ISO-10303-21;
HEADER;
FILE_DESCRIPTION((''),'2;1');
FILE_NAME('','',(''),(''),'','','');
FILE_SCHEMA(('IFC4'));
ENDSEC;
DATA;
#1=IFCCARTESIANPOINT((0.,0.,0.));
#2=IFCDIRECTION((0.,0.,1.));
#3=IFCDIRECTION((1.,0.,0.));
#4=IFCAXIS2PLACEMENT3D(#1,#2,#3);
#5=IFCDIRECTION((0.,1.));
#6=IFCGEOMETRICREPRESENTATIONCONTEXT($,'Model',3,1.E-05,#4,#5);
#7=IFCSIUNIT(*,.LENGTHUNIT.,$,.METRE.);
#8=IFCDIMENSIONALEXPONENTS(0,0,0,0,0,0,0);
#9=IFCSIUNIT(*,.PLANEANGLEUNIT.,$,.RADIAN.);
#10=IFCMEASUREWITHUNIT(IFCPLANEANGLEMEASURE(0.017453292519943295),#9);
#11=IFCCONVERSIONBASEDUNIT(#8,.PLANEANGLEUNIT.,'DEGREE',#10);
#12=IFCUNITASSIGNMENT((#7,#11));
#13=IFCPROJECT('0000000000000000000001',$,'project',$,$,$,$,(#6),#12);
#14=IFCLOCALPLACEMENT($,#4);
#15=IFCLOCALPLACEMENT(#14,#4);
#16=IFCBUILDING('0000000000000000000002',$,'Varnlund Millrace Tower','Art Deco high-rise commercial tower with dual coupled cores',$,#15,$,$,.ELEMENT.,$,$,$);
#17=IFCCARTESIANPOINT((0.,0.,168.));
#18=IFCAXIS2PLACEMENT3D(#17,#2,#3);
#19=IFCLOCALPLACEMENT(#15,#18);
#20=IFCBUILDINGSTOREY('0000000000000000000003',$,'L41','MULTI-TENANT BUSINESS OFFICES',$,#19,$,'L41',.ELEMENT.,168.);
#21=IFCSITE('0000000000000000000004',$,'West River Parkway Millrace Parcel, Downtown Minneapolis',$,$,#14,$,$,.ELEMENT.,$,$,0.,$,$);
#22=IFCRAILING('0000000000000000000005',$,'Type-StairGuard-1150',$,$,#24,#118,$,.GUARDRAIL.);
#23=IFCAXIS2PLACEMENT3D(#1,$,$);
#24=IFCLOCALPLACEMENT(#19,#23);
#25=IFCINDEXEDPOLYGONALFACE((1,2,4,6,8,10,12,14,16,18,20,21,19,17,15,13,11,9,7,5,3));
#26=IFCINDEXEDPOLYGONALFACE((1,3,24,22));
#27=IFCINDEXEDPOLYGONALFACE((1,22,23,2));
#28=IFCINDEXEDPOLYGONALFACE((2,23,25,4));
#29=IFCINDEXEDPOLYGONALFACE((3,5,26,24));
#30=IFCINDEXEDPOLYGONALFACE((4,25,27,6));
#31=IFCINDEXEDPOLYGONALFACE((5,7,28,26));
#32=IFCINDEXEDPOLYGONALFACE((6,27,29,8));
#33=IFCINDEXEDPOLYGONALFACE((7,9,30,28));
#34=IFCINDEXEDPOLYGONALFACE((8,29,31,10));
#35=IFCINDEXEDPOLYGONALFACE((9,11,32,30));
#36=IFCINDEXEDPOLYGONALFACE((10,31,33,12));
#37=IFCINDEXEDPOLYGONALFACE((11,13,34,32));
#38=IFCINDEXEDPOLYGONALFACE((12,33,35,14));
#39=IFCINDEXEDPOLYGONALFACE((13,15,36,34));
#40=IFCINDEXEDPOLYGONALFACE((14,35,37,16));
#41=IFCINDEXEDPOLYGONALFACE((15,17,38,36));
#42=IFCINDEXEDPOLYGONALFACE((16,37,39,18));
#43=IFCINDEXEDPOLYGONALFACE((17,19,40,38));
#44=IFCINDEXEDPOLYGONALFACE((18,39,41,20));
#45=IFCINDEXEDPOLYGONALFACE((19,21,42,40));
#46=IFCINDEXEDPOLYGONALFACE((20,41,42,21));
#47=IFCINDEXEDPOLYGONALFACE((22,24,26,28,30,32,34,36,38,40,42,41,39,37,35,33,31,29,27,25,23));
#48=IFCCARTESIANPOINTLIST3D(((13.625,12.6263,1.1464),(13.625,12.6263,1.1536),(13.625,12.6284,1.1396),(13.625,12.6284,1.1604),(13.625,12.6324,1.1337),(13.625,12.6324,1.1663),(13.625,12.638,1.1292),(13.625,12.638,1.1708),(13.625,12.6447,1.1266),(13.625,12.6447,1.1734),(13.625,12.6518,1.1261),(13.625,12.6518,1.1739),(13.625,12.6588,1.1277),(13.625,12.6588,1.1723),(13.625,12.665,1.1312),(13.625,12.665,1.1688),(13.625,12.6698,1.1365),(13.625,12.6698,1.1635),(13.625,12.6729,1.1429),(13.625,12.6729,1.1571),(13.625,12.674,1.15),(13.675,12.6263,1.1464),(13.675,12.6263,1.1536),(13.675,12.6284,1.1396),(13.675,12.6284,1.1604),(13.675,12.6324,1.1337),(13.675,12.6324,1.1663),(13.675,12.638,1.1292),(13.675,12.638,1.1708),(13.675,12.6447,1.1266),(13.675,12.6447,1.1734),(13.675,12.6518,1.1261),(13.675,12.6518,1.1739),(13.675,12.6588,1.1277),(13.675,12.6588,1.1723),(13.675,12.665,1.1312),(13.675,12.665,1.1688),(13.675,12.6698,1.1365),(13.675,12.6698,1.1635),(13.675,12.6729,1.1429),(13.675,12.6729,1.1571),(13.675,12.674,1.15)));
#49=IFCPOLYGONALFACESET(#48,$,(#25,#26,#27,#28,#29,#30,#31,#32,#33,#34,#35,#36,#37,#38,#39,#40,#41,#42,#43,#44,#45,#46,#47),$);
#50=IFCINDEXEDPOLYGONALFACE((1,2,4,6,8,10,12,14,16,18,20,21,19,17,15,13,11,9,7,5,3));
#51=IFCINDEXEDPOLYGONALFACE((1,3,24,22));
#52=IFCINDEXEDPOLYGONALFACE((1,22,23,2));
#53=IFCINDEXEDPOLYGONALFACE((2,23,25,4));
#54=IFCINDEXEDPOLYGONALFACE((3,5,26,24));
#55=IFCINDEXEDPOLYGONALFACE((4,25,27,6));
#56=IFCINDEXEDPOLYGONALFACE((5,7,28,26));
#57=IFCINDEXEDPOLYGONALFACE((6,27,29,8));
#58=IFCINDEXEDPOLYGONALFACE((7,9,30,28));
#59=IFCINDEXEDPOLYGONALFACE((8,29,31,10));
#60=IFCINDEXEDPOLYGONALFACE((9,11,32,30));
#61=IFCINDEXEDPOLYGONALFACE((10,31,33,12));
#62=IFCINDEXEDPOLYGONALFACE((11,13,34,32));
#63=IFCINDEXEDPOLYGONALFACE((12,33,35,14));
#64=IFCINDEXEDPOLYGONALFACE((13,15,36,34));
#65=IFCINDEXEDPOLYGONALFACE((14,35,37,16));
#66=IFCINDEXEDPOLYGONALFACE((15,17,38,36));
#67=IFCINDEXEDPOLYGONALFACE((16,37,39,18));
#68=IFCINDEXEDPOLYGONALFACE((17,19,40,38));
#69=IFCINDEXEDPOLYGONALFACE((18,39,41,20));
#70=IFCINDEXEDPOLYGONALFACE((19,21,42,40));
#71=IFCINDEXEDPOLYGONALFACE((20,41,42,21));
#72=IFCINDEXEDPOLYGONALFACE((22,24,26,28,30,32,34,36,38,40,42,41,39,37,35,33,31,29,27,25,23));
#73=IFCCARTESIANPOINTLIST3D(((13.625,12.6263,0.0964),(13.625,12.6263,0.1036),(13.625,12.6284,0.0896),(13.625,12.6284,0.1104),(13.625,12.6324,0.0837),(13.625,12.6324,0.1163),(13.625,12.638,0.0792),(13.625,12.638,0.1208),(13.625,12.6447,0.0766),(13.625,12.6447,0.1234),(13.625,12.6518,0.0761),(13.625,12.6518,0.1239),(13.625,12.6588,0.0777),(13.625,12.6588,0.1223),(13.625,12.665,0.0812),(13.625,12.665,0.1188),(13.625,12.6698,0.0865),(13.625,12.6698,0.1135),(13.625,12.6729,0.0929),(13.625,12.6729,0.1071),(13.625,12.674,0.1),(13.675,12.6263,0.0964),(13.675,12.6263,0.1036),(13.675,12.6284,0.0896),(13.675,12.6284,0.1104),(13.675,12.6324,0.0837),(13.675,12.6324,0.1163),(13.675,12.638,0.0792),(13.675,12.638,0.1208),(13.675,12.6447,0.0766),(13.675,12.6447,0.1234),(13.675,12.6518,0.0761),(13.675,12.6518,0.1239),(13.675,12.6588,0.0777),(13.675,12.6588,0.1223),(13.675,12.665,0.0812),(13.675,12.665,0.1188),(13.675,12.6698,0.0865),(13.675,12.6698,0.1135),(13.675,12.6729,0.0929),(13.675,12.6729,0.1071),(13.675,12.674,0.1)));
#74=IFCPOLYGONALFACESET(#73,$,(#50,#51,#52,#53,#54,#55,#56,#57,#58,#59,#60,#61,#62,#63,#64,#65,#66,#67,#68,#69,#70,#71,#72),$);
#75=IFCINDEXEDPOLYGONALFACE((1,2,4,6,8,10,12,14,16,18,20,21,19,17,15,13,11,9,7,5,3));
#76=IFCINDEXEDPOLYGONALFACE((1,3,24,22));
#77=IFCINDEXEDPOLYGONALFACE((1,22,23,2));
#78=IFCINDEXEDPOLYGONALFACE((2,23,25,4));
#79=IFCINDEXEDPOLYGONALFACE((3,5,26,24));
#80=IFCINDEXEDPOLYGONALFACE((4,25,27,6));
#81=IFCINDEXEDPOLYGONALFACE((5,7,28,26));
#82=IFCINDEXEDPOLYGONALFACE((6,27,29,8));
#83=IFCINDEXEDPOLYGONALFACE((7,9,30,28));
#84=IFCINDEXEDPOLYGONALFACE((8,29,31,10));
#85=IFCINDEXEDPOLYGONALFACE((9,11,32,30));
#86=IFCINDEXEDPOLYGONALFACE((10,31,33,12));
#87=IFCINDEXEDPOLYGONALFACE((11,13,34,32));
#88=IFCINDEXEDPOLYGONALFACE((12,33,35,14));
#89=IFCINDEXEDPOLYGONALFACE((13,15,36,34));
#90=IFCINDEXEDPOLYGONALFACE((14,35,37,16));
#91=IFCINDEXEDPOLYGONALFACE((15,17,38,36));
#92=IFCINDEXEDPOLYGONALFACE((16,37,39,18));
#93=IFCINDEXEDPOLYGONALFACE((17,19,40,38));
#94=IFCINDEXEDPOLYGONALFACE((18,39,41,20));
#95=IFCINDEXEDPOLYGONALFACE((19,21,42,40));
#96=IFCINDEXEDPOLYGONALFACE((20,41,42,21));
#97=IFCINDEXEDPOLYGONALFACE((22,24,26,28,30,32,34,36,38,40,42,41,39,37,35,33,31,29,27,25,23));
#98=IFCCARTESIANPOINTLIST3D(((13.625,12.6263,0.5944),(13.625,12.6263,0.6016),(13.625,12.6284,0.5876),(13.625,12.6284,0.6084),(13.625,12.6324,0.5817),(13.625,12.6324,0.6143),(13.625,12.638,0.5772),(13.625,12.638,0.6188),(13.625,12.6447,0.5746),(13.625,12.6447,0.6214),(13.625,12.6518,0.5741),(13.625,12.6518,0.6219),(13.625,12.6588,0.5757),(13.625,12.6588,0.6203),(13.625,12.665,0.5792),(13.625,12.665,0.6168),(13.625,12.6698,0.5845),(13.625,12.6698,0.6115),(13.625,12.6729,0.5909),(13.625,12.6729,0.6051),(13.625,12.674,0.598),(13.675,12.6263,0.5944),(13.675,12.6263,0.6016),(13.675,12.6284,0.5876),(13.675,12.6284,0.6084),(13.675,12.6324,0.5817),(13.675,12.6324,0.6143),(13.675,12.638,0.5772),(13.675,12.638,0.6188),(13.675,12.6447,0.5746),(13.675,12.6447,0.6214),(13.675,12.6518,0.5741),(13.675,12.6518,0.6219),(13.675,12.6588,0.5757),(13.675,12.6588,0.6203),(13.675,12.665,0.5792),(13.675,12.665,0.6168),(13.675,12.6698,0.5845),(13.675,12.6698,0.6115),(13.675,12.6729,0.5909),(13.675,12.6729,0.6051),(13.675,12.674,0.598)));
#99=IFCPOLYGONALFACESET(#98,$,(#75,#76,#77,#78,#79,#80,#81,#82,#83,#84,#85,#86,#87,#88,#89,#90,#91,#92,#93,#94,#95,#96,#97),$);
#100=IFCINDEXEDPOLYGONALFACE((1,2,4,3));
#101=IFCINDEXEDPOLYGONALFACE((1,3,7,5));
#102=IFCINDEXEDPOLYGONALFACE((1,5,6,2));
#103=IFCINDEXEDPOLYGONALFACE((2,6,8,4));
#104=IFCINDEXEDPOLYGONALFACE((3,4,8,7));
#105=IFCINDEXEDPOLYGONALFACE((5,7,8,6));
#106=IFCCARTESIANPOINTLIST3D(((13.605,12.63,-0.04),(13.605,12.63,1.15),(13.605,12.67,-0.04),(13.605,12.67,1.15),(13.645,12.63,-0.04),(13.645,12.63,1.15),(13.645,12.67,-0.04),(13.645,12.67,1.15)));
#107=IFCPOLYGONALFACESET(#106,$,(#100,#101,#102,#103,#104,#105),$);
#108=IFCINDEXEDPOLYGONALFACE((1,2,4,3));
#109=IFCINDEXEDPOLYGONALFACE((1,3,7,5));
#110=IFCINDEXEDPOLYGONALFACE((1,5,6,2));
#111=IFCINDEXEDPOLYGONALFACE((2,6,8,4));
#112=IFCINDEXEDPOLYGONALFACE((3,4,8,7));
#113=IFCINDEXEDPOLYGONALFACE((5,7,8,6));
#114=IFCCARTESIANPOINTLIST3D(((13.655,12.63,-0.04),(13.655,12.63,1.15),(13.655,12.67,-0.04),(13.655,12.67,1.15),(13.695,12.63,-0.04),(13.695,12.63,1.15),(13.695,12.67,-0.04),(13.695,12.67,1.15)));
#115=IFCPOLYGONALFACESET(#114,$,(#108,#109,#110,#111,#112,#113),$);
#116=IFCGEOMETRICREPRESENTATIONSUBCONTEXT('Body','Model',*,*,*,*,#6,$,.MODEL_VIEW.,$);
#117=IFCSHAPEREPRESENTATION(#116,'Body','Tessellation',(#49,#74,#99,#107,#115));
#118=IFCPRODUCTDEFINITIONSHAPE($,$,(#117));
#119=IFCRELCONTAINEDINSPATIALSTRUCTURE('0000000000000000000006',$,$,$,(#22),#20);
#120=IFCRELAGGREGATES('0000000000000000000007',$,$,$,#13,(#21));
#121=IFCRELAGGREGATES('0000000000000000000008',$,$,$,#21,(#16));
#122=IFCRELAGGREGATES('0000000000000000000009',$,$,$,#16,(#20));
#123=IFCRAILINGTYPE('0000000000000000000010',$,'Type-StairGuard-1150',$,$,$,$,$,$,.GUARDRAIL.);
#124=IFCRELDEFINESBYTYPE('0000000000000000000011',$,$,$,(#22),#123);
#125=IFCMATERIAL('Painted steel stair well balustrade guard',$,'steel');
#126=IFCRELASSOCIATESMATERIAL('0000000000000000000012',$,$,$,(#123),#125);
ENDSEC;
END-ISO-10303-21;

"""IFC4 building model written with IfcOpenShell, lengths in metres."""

from ifc_helpers import new_model, entity, si_unit, converted_unit, direction, frame, origin_with_axes, origin_2d_with_axis, place, context, subcontext, project, spatial, rectangle, circle, extrude, material, type_object, element, save


model = new_model("IFC4")

# Units and contexts
model_context = context("Model", 3, precision=1e-05, world=origin_with_axes(), true_north=direction((0.0, 1.0)))
body_context = subcontext(model_context, "Body", "Model", "MODEL_VIEW")
ifc_project = project(units=[si_unit("LENGTHUNIT", "METRE"), converted_unit("PLANEANGLEUNIT", "DEGREE", entity("IfcPlaneAngleMeasure", 0.017453292519943295), si_unit("PLANEANGLEUNIT", "RADIAN"), dimensions=[0, 0, 0, 0, 0, 0, 0])], contexts=[model_context])

# Site, building, storey
site_placement = place(None, origin_with_axes())
site = spatial("IfcSite", under=ifc_project, at=site_placement, Name="West River Parkway Millrace Parcel, Downtown Minneapolis", CompositionType="ELEMENT", RefElevation=0.0)
building_placement = place(site_placement, origin_with_axes())
building = spatial("IfcBuilding", under=site, at=building_placement, Name="Varnlund Millrace Tower", Description="Art Deco high-rise commercial tower with dual coupled cores", CompositionType="ELEMENT")
storey_placement = place(building_placement, frame((0.0, 0.0, 168.0), z_axis=(0.0, 0.0, 1.0), x_axis=(1.0, 0.0, 0.0)))
storey = spatial("IfcBuildingStorey", under=building, at=storey_placement, Name="L41", Description="MULTI-TENANT BUSINESS OFFICES", LongName="L41", CompositionType="ELEMENT", Elevation=168.0)

# Railing
ifc_material_1 = material(Name="Painted steel stair well balustrade guard", Category="steel")
railing_type_1 = type_object("IfcRailingType", Name="Type-StairGuard-1150", PredefinedType="GUARDRAIL", material=ifc_material_1)
railing_1_placement = place(storey_placement, frame((0.0, 0.0, -168.0), z_axis=(0.0, 0.0, 1.0), x_axis=(1.0, 0.0, 0.0)))
element("IfcRailing", 1, at=railing_1_placement, inside=storey, type_object=railing_type_1, Name="Type-StairGuard-1150", PredefinedType="GUARDRAIL", context=body_context, shape_type="SweptSolid", body=[
    extrude(circle(Radius=0.024, at=origin_2d_with_axis()), frame((13.625, 12.65, 169.15), z_axis=(1.0, 0.0, 0.0), x_axis=(0.0, 1.0, 0.0)), (0.0, 0.0, 1.0), 0.05),
    extrude(circle(Radius=0.024, at=origin_2d_with_axis()), frame((13.625, 12.65, 168.1), z_axis=(1.0, 0.0, 0.0), x_axis=(0.0, 1.0, 0.0)), (0.0, 0.0, 1.0), 0.05),
    extrude(circle(Radius=0.024, at=origin_2d_with_axis()), frame((13.625, 12.65, 168.598), z_axis=(1.0, 0.0, 0.0), x_axis=(0.0, 1.0, 0.0)), (0.0, 0.0, 1.0), 0.05),
    extrude(rectangle(XDim=0.04, YDim=0.04, at=origin_2d_with_axis()), frame((13.625, 12.65, 167.96), z_axis=(0.0, 0.0, 1.0), x_axis=(1.0, 0.0, 0.0)), (0.0, 0.0, 1.0), 1.19),
    extrude(rectangle(XDim=0.04, YDim=0.04, at=origin_2d_with_axis()), frame((13.675, 12.65, 167.96), z_axis=(0.0, 0.0, 1.0), x_axis=(1.0, 0.0, 0.0)), (0.0, 0.0, 1.0), 1.19),
])

save(model, "model.ifc")
